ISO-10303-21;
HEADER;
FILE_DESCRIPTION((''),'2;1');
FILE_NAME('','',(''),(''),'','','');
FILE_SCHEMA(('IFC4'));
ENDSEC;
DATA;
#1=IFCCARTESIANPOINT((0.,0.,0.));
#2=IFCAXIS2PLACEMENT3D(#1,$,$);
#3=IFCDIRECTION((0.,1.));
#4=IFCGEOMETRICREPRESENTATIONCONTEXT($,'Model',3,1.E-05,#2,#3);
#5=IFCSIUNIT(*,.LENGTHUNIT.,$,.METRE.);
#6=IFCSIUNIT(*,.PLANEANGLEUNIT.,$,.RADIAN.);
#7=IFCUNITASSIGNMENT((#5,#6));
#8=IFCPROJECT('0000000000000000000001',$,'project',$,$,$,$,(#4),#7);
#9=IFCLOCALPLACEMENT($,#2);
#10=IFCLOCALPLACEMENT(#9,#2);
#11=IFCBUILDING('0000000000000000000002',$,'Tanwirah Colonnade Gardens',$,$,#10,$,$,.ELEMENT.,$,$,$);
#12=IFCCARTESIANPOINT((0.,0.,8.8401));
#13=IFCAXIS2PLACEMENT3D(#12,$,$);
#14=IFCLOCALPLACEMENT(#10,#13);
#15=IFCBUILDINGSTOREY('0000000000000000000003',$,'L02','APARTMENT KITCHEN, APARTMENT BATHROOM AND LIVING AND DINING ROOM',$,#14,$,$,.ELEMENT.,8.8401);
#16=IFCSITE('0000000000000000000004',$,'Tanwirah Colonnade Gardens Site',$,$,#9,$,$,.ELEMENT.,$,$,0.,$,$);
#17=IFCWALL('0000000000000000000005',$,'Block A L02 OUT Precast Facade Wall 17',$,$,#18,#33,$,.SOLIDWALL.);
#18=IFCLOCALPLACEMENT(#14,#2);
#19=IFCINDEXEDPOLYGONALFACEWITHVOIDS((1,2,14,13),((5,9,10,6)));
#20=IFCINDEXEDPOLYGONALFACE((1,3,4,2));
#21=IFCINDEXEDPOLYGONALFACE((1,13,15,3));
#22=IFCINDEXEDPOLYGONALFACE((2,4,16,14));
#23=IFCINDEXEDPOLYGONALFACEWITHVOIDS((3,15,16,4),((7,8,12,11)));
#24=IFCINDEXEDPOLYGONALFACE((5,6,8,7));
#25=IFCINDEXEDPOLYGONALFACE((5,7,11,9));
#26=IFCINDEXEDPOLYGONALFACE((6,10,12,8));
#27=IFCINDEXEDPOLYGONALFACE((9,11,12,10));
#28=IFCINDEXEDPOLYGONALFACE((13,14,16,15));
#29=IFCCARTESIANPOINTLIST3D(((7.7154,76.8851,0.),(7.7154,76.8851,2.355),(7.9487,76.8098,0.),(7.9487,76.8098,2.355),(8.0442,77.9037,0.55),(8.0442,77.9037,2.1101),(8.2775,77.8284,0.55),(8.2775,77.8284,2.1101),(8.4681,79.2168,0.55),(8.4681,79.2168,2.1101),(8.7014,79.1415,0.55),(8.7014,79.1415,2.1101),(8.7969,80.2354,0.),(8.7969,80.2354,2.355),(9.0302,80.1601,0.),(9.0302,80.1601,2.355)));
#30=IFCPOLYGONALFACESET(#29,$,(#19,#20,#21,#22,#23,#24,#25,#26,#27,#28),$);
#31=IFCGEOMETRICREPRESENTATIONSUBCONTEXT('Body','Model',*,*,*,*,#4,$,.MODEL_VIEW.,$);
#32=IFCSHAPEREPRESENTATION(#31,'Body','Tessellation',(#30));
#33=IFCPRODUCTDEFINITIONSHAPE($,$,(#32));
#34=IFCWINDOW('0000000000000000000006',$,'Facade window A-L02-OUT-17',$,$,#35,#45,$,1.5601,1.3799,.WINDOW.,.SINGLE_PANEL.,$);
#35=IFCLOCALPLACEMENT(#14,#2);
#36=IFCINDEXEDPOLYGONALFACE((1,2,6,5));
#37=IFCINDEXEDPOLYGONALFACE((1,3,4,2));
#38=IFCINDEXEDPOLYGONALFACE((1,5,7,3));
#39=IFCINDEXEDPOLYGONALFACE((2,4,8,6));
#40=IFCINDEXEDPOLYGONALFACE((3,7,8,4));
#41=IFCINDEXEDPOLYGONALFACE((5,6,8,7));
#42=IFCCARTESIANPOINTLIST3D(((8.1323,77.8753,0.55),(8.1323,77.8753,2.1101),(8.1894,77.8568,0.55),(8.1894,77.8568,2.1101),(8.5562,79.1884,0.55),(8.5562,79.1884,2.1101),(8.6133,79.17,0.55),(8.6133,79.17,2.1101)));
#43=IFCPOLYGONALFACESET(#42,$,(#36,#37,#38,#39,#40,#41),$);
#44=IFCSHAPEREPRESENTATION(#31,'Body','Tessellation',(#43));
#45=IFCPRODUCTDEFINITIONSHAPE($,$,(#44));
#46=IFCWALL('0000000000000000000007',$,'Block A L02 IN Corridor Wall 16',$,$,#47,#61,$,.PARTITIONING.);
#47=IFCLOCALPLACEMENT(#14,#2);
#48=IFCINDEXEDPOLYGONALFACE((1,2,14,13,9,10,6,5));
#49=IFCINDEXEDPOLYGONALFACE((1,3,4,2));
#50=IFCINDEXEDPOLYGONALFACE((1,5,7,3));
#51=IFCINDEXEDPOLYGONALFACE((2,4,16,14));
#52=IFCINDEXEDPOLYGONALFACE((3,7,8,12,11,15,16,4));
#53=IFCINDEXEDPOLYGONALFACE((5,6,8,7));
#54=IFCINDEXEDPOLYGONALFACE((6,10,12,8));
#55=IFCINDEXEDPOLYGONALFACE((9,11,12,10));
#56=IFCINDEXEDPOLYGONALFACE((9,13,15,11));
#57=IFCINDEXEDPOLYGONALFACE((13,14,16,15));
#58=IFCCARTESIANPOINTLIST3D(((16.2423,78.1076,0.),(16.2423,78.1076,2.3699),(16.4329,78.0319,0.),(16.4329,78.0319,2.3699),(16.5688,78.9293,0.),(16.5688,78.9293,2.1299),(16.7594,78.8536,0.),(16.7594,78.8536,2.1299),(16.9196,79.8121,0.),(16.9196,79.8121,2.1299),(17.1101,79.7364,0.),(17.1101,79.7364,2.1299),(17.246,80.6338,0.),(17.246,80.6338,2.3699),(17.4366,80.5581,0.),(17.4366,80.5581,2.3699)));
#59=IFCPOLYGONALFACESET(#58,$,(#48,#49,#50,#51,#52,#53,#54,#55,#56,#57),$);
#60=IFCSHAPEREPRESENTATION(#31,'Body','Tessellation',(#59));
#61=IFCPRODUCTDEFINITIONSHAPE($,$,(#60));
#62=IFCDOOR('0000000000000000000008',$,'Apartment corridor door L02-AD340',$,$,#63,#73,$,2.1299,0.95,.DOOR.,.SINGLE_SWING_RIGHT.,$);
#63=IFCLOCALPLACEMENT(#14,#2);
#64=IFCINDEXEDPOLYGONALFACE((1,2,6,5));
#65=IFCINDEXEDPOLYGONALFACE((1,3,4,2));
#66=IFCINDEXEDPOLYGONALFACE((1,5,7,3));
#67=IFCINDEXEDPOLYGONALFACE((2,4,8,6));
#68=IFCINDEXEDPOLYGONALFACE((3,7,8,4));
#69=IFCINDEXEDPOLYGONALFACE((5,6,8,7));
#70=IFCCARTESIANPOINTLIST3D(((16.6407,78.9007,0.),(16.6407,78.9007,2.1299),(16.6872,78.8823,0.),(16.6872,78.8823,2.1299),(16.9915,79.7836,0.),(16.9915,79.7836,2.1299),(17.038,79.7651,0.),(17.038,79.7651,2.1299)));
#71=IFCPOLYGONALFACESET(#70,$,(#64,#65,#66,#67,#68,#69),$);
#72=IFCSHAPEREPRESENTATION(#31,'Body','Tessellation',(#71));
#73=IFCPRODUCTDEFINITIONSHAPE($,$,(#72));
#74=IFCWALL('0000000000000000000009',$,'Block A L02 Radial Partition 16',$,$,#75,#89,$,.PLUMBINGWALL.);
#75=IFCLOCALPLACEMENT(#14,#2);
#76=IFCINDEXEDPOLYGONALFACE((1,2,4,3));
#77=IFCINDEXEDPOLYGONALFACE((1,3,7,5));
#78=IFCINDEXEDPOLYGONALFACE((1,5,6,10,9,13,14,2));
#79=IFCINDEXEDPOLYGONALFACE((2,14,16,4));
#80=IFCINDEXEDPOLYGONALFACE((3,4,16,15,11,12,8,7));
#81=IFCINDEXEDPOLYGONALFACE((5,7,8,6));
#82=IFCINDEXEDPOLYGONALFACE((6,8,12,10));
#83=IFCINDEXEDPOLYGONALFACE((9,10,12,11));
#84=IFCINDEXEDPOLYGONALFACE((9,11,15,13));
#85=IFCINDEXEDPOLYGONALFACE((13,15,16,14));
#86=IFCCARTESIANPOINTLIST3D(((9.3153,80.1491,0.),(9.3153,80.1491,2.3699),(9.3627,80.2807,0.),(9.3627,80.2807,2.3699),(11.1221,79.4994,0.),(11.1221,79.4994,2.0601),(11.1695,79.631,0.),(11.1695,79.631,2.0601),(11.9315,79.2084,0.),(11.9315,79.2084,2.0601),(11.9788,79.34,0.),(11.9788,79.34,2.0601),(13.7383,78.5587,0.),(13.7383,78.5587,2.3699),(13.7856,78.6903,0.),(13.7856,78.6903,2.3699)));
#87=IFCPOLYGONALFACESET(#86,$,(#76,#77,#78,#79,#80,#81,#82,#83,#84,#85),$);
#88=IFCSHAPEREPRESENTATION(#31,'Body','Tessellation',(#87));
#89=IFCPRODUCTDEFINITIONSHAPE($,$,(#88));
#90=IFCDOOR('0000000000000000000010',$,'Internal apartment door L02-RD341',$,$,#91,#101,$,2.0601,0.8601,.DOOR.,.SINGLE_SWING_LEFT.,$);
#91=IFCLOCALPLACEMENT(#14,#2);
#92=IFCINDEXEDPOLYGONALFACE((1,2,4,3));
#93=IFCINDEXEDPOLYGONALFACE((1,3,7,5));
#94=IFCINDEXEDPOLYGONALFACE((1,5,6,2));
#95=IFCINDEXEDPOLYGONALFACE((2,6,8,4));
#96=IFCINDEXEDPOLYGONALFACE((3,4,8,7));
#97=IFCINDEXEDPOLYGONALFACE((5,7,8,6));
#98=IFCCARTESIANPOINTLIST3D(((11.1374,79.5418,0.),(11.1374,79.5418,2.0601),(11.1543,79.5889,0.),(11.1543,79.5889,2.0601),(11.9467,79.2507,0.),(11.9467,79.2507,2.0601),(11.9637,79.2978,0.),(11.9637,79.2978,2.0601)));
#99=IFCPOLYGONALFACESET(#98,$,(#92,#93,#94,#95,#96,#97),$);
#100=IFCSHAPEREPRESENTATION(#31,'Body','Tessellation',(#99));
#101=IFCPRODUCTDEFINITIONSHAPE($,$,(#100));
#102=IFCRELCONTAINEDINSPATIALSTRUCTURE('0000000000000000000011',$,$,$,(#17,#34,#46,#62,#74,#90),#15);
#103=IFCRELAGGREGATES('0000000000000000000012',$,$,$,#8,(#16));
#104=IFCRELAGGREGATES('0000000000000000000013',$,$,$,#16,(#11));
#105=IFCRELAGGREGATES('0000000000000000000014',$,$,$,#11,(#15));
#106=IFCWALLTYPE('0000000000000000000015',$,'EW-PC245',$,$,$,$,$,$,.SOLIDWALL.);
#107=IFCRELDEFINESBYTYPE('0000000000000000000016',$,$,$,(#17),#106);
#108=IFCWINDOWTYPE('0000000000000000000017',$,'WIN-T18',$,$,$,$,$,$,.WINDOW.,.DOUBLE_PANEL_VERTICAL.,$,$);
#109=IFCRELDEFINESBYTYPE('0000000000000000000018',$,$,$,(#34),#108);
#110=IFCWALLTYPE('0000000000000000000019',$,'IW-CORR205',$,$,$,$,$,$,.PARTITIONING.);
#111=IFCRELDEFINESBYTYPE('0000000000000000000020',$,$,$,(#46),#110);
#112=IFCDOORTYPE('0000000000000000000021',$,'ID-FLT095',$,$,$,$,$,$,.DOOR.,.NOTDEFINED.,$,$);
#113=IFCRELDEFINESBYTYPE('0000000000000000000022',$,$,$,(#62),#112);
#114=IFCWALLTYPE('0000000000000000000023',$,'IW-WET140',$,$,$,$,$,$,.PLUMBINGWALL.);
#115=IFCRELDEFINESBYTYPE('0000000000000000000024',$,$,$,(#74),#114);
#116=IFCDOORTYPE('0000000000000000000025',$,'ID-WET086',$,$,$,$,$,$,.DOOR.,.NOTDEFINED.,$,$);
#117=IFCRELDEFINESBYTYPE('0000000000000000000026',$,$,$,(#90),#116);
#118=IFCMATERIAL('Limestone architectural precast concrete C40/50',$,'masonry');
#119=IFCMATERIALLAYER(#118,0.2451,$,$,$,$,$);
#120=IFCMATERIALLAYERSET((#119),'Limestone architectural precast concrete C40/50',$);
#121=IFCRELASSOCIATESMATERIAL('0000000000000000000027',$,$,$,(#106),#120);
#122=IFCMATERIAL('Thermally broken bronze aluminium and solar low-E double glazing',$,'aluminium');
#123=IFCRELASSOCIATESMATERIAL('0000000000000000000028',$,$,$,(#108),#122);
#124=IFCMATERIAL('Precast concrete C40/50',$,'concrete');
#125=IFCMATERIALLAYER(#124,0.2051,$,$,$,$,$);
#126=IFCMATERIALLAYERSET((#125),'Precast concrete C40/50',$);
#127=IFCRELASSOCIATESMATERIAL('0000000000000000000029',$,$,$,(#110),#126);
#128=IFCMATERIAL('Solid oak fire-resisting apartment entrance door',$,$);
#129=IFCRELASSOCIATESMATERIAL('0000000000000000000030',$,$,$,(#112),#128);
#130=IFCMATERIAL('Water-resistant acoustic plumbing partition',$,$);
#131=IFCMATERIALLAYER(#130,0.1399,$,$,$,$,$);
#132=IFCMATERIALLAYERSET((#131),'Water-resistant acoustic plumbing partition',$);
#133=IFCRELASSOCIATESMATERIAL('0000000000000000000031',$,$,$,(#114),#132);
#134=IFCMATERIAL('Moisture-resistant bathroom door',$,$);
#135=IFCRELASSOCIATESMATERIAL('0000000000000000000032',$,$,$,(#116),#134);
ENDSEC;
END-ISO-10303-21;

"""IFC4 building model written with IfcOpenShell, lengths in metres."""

from ifc_helpers import new_model, si_unit, direction, frame, frame_2d, origin, place, context, subcontext, project, spatial, rectangle, extrude, material, layer, layer_set, type_object, element, fill, save


model = new_model("IFC4")

# Units and contexts
model_context = context("Model", 3, precision=1e-05, world=origin(), true_north=direction((0.0, 1.0)))
body_context = subcontext(model_context, "Body", "Model", "MODEL_VIEW")
ifc_project = project(units=[si_unit("LENGTHUNIT", "METRE"), si_unit("PLANEANGLEUNIT", "RADIAN")], contexts=[model_context])

# Site, building, storey
site_placement = place(None, origin())
site = spatial("IfcSite", under=ifc_project, at=site_placement, Name="Tanwirah Colonnade Gardens Site", CompositionType="ELEMENT", RefElevation=0.0)
building_placement = place(site_placement, origin())
building = spatial("IfcBuilding", under=site, at=building_placement, Name="Tanwirah Colonnade Gardens", CompositionType="ELEMENT")
storey_placement = place(building_placement, frame((0.0, 0.0, 8.8401)))
storey = spatial("IfcBuildingStorey", under=building, at=storey_placement, Name="L02", Description="APARTMENT KITCHEN, APARTMENT BATHROOM AND LIVING AND DINING ROOM", CompositionType="ELEMENT", Elevation=8.8401)

# Shared definitions
ifc_material_1 = material(Name="Precast concrete C40/50", Category="concrete")

# Wall, opening, window
ifc_material_2 = material(Name="Limestone architectural precast concrete C40/50", Category="masonry")
ifc_layer_1 = layer(ifc_material_2, 0.2451)
ifc_layer_set_1 = layer_set([ifc_layer_1], Name="Limestone architectural precast concrete C40/50")
wall_type_1 = type_object("IfcWallType", Name="EW-PC245", PredefinedType="SOLIDWALL", material=ifc_layer_set_1)
wall_1_placement = place(storey_placement, frame((8.9136, 80.1978, 0.0), z_axis=(0.0, 0.0, 1.0), x_axis=(-0.307205, -0.951643, 0.0)))
wall_1 = element("IfcWall", 1, at=wall_1_placement, inside=storey, type_object=wall_type_1, Name="Block A L02 OUT Precast Facade Wall 17", PredefinedType="SOLIDWALL", context=body_context, shape_type="SweptSolid", body=[
    extrude(rectangle(XDim=3.5205, YDim=0.2451, at=frame_2d((1.7603, 0.0))), origin(), (0.0, 0.0, 1.0), 2.355),
])
opening_1_placement = place(wall_1_placement, frame((1.0703, 0.0, 0.55)))
opening_1 = element("IfcOpeningElement", 2, at=opening_1_placement, cuts=wall_1, PredefinedType="OPENING", context=body_context, shape_type="SweptSolid", body=[
    extrude(rectangle(XDim=1.3799, YDim=1.5601, at=frame_2d((0.6899, 0.78))), frame((0.0, 0.1326, 0.0), z_axis=(0.0, -1.0, 0.0), x_axis=(1.0, 0.0, 0.0)), (0.0, 0.0, 1.0), 0.2651),
])
ifc_material_3 = material(Name="Thermally broken bronze aluminium and solar low-E double glazing", Category="aluminium")
window_type = type_object("IfcWindowType", Name="WIN-T18", PartitioningType="DOUBLE_PANEL_VERTICAL", PredefinedType="WINDOW", material=ifc_material_3)
window_placement = place(opening_1_placement, origin())
window = element("IfcWindow", 3, at=window_placement, inside=storey, type_object=window_type, Name="Facade window A-L02-OUT-17", OverallHeight=1.5601, OverallWidth=1.3799, PartitioningType="SINGLE_PANEL", PredefinedType="WINDOW", context=body_context, shape_type="SweptSolid", body=[
    extrude(rectangle(XDim=1.3799, YDim=1.5601, at=frame_2d((0.6899, 0.78))), frame((0.0, 0.03, 0.0), z_axis=(0.0, -1.0, 0.0), x_axis=(1.0, 0.0, 0.0)), (0.0, 0.0, 1.0), 0.0601),
])
fill(opening_1, window)

# Walls, openings, doors
ifc_layer_2 = layer(ifc_material_1, 0.2051)
ifc_layer_set_2 = layer_set([ifc_layer_2], Name="Precast concrete C40/50")
wall_type_2 = type_object("IfcWallType", Name="IW-CORR205", PredefinedType="PARTITIONING", material=ifc_layer_set_2)
wall_2_placement = place(storey_placement, frame((17.3413, 80.5959, 0.0), z_axis=(0.0, 0.0, 1.0), x_axis=(-0.369237, -0.929335, 0.0)))
wall_2 = element("IfcWall", 4, at=wall_2_placement, inside=storey, type_object=wall_type_2, Name="Block A L02 IN Corridor Wall 16", PredefinedType="PARTITIONING", context=body_context, shape_type="SweptSolid", body=[
    extrude(rectangle(XDim=2.7183, YDim=0.2051, at=frame_2d((1.3591, 0.0))), origin(), (0.0, 0.0, 1.0), 2.3699),
])
opening_2_placement = place(wall_2_placement, frame((0.884, 0.0, 0.0)))
opening_2 = element("IfcOpeningElement", 5, at=opening_2_placement, cuts=wall_2, PredefinedType="OPENING", context=body_context, shape_type="SweptSolid", body=[
    extrude(rectangle(XDim=0.95, YDim=2.1299, at=frame_2d((0.4751, 1.0649))), frame((0.0, 0.1125, 0.0), z_axis=(0.0, -1.0, 0.0), x_axis=(1.0, 0.0, 0.0)), (0.0, 0.0, 1.0), 0.2251),
])
ifc_material_4 = material(Name="Solid oak fire-resisting apartment entrance door")
door_type_1 = type_object("IfcDoorType", Name="ID-FLT095", OperationType="NOTDEFINED", PredefinedType="DOOR", material=ifc_material_4)
door_1_placement = place(opening_2_placement, origin())
door_1 = element("IfcDoor", 6, at=door_1_placement, inside=storey, type_object=door_type_1, Name="Apartment corridor door L02-AD340", OperationType="SINGLE_SWING_RIGHT", OverallHeight=2.1299, OverallWidth=0.95, PredefinedType="DOOR", context=body_context, shape_type="SweptSolid", body=[
    extrude(rectangle(XDim=0.95, YDim=2.1299, at=frame_2d((0.4751, 1.0649))), frame((0.0, 0.0249, 0.0), z_axis=(0.0, -1.0, 0.0), x_axis=(1.0, 0.0, 0.0)), (0.0, 0.0, 1.0), 0.05),
])
fill(opening_2, door_1)
ifc_material_5 = material(Name="Water-resistant acoustic plumbing partition")
ifc_layer_3 = layer(ifc_material_5, 0.1399)
ifc_layer_set_3 = layer_set([ifc_layer_3], Name="Water-resistant acoustic plumbing partition")
wall_type_3 = type_object("IfcWallType", Name="IW-WET140", PredefinedType="PLUMBINGWALL", material=ifc_layer_set_3)
wall_3_placement = place(storey_placement, frame((13.762, 78.6245, 0.0), z_axis=(0.0, 0.0, 1.0), x_axis=(-0.941016, 0.338363, 0.0)))
wall_3 = element("IfcWall", 7, at=wall_3_placement, inside=storey, type_object=wall_type_3, Name="Block A L02 Radial Partition 16", PredefinedType="PLUMBINGWALL", context=body_context, shape_type="SweptSolid", body=[
    extrude(rectangle(XDim=4.7002, YDim=0.1399, at=frame_2d((2.3501, 0.0))), origin(), (0.0, 0.0, 1.0), 2.3699),
])
opening_3_placement = place(wall_3_placement, frame((1.9199, 0.0, 0.0)))
opening_3 = element("IfcOpeningElement", 8, at=opening_3_placement, cuts=wall_3, PredefinedType="OPENING", context=body_context, shape_type="SweptSolid", body=[
    extrude(rectangle(XDim=0.8601, YDim=2.0601, at=frame_2d((0.4302, 1.03))), frame((0.0, 0.0798, 0.0), z_axis=(0.0, -1.0, 0.0), x_axis=(1.0, 0.0, 0.0)), (0.0, 0.0, 1.0), 0.1599),
])
ifc_material_6 = material(Name="Moisture-resistant bathroom door")
door_type_2 = type_object("IfcDoorType", Name="ID-WET086", OperationType="NOTDEFINED", PredefinedType="DOOR", material=ifc_material_6)
door_2_placement = place(opening_3_placement, origin())
door_2 = element("IfcDoor", 9, at=door_2_placement, inside=storey, type_object=door_type_2, Name="Internal apartment door L02-RD341", OperationType="SINGLE_SWING_LEFT", OverallHeight=2.0601, OverallWidth=0.8601, PredefinedType="DOOR", context=body_context, shape_type="SweptSolid", body=[
    extrude(rectangle(XDim=0.8601, YDim=2.0601, at=frame_2d((0.4302, 1.03))), frame((0.0, 0.0249, 0.0), z_axis=(0.0, -1.0, 0.0), x_axis=(1.0, 0.0, 0.0)), (0.0, 0.0, 1.0), 0.05),
])
fill(opening_3, door_2)

save(model, "model.ifc")
